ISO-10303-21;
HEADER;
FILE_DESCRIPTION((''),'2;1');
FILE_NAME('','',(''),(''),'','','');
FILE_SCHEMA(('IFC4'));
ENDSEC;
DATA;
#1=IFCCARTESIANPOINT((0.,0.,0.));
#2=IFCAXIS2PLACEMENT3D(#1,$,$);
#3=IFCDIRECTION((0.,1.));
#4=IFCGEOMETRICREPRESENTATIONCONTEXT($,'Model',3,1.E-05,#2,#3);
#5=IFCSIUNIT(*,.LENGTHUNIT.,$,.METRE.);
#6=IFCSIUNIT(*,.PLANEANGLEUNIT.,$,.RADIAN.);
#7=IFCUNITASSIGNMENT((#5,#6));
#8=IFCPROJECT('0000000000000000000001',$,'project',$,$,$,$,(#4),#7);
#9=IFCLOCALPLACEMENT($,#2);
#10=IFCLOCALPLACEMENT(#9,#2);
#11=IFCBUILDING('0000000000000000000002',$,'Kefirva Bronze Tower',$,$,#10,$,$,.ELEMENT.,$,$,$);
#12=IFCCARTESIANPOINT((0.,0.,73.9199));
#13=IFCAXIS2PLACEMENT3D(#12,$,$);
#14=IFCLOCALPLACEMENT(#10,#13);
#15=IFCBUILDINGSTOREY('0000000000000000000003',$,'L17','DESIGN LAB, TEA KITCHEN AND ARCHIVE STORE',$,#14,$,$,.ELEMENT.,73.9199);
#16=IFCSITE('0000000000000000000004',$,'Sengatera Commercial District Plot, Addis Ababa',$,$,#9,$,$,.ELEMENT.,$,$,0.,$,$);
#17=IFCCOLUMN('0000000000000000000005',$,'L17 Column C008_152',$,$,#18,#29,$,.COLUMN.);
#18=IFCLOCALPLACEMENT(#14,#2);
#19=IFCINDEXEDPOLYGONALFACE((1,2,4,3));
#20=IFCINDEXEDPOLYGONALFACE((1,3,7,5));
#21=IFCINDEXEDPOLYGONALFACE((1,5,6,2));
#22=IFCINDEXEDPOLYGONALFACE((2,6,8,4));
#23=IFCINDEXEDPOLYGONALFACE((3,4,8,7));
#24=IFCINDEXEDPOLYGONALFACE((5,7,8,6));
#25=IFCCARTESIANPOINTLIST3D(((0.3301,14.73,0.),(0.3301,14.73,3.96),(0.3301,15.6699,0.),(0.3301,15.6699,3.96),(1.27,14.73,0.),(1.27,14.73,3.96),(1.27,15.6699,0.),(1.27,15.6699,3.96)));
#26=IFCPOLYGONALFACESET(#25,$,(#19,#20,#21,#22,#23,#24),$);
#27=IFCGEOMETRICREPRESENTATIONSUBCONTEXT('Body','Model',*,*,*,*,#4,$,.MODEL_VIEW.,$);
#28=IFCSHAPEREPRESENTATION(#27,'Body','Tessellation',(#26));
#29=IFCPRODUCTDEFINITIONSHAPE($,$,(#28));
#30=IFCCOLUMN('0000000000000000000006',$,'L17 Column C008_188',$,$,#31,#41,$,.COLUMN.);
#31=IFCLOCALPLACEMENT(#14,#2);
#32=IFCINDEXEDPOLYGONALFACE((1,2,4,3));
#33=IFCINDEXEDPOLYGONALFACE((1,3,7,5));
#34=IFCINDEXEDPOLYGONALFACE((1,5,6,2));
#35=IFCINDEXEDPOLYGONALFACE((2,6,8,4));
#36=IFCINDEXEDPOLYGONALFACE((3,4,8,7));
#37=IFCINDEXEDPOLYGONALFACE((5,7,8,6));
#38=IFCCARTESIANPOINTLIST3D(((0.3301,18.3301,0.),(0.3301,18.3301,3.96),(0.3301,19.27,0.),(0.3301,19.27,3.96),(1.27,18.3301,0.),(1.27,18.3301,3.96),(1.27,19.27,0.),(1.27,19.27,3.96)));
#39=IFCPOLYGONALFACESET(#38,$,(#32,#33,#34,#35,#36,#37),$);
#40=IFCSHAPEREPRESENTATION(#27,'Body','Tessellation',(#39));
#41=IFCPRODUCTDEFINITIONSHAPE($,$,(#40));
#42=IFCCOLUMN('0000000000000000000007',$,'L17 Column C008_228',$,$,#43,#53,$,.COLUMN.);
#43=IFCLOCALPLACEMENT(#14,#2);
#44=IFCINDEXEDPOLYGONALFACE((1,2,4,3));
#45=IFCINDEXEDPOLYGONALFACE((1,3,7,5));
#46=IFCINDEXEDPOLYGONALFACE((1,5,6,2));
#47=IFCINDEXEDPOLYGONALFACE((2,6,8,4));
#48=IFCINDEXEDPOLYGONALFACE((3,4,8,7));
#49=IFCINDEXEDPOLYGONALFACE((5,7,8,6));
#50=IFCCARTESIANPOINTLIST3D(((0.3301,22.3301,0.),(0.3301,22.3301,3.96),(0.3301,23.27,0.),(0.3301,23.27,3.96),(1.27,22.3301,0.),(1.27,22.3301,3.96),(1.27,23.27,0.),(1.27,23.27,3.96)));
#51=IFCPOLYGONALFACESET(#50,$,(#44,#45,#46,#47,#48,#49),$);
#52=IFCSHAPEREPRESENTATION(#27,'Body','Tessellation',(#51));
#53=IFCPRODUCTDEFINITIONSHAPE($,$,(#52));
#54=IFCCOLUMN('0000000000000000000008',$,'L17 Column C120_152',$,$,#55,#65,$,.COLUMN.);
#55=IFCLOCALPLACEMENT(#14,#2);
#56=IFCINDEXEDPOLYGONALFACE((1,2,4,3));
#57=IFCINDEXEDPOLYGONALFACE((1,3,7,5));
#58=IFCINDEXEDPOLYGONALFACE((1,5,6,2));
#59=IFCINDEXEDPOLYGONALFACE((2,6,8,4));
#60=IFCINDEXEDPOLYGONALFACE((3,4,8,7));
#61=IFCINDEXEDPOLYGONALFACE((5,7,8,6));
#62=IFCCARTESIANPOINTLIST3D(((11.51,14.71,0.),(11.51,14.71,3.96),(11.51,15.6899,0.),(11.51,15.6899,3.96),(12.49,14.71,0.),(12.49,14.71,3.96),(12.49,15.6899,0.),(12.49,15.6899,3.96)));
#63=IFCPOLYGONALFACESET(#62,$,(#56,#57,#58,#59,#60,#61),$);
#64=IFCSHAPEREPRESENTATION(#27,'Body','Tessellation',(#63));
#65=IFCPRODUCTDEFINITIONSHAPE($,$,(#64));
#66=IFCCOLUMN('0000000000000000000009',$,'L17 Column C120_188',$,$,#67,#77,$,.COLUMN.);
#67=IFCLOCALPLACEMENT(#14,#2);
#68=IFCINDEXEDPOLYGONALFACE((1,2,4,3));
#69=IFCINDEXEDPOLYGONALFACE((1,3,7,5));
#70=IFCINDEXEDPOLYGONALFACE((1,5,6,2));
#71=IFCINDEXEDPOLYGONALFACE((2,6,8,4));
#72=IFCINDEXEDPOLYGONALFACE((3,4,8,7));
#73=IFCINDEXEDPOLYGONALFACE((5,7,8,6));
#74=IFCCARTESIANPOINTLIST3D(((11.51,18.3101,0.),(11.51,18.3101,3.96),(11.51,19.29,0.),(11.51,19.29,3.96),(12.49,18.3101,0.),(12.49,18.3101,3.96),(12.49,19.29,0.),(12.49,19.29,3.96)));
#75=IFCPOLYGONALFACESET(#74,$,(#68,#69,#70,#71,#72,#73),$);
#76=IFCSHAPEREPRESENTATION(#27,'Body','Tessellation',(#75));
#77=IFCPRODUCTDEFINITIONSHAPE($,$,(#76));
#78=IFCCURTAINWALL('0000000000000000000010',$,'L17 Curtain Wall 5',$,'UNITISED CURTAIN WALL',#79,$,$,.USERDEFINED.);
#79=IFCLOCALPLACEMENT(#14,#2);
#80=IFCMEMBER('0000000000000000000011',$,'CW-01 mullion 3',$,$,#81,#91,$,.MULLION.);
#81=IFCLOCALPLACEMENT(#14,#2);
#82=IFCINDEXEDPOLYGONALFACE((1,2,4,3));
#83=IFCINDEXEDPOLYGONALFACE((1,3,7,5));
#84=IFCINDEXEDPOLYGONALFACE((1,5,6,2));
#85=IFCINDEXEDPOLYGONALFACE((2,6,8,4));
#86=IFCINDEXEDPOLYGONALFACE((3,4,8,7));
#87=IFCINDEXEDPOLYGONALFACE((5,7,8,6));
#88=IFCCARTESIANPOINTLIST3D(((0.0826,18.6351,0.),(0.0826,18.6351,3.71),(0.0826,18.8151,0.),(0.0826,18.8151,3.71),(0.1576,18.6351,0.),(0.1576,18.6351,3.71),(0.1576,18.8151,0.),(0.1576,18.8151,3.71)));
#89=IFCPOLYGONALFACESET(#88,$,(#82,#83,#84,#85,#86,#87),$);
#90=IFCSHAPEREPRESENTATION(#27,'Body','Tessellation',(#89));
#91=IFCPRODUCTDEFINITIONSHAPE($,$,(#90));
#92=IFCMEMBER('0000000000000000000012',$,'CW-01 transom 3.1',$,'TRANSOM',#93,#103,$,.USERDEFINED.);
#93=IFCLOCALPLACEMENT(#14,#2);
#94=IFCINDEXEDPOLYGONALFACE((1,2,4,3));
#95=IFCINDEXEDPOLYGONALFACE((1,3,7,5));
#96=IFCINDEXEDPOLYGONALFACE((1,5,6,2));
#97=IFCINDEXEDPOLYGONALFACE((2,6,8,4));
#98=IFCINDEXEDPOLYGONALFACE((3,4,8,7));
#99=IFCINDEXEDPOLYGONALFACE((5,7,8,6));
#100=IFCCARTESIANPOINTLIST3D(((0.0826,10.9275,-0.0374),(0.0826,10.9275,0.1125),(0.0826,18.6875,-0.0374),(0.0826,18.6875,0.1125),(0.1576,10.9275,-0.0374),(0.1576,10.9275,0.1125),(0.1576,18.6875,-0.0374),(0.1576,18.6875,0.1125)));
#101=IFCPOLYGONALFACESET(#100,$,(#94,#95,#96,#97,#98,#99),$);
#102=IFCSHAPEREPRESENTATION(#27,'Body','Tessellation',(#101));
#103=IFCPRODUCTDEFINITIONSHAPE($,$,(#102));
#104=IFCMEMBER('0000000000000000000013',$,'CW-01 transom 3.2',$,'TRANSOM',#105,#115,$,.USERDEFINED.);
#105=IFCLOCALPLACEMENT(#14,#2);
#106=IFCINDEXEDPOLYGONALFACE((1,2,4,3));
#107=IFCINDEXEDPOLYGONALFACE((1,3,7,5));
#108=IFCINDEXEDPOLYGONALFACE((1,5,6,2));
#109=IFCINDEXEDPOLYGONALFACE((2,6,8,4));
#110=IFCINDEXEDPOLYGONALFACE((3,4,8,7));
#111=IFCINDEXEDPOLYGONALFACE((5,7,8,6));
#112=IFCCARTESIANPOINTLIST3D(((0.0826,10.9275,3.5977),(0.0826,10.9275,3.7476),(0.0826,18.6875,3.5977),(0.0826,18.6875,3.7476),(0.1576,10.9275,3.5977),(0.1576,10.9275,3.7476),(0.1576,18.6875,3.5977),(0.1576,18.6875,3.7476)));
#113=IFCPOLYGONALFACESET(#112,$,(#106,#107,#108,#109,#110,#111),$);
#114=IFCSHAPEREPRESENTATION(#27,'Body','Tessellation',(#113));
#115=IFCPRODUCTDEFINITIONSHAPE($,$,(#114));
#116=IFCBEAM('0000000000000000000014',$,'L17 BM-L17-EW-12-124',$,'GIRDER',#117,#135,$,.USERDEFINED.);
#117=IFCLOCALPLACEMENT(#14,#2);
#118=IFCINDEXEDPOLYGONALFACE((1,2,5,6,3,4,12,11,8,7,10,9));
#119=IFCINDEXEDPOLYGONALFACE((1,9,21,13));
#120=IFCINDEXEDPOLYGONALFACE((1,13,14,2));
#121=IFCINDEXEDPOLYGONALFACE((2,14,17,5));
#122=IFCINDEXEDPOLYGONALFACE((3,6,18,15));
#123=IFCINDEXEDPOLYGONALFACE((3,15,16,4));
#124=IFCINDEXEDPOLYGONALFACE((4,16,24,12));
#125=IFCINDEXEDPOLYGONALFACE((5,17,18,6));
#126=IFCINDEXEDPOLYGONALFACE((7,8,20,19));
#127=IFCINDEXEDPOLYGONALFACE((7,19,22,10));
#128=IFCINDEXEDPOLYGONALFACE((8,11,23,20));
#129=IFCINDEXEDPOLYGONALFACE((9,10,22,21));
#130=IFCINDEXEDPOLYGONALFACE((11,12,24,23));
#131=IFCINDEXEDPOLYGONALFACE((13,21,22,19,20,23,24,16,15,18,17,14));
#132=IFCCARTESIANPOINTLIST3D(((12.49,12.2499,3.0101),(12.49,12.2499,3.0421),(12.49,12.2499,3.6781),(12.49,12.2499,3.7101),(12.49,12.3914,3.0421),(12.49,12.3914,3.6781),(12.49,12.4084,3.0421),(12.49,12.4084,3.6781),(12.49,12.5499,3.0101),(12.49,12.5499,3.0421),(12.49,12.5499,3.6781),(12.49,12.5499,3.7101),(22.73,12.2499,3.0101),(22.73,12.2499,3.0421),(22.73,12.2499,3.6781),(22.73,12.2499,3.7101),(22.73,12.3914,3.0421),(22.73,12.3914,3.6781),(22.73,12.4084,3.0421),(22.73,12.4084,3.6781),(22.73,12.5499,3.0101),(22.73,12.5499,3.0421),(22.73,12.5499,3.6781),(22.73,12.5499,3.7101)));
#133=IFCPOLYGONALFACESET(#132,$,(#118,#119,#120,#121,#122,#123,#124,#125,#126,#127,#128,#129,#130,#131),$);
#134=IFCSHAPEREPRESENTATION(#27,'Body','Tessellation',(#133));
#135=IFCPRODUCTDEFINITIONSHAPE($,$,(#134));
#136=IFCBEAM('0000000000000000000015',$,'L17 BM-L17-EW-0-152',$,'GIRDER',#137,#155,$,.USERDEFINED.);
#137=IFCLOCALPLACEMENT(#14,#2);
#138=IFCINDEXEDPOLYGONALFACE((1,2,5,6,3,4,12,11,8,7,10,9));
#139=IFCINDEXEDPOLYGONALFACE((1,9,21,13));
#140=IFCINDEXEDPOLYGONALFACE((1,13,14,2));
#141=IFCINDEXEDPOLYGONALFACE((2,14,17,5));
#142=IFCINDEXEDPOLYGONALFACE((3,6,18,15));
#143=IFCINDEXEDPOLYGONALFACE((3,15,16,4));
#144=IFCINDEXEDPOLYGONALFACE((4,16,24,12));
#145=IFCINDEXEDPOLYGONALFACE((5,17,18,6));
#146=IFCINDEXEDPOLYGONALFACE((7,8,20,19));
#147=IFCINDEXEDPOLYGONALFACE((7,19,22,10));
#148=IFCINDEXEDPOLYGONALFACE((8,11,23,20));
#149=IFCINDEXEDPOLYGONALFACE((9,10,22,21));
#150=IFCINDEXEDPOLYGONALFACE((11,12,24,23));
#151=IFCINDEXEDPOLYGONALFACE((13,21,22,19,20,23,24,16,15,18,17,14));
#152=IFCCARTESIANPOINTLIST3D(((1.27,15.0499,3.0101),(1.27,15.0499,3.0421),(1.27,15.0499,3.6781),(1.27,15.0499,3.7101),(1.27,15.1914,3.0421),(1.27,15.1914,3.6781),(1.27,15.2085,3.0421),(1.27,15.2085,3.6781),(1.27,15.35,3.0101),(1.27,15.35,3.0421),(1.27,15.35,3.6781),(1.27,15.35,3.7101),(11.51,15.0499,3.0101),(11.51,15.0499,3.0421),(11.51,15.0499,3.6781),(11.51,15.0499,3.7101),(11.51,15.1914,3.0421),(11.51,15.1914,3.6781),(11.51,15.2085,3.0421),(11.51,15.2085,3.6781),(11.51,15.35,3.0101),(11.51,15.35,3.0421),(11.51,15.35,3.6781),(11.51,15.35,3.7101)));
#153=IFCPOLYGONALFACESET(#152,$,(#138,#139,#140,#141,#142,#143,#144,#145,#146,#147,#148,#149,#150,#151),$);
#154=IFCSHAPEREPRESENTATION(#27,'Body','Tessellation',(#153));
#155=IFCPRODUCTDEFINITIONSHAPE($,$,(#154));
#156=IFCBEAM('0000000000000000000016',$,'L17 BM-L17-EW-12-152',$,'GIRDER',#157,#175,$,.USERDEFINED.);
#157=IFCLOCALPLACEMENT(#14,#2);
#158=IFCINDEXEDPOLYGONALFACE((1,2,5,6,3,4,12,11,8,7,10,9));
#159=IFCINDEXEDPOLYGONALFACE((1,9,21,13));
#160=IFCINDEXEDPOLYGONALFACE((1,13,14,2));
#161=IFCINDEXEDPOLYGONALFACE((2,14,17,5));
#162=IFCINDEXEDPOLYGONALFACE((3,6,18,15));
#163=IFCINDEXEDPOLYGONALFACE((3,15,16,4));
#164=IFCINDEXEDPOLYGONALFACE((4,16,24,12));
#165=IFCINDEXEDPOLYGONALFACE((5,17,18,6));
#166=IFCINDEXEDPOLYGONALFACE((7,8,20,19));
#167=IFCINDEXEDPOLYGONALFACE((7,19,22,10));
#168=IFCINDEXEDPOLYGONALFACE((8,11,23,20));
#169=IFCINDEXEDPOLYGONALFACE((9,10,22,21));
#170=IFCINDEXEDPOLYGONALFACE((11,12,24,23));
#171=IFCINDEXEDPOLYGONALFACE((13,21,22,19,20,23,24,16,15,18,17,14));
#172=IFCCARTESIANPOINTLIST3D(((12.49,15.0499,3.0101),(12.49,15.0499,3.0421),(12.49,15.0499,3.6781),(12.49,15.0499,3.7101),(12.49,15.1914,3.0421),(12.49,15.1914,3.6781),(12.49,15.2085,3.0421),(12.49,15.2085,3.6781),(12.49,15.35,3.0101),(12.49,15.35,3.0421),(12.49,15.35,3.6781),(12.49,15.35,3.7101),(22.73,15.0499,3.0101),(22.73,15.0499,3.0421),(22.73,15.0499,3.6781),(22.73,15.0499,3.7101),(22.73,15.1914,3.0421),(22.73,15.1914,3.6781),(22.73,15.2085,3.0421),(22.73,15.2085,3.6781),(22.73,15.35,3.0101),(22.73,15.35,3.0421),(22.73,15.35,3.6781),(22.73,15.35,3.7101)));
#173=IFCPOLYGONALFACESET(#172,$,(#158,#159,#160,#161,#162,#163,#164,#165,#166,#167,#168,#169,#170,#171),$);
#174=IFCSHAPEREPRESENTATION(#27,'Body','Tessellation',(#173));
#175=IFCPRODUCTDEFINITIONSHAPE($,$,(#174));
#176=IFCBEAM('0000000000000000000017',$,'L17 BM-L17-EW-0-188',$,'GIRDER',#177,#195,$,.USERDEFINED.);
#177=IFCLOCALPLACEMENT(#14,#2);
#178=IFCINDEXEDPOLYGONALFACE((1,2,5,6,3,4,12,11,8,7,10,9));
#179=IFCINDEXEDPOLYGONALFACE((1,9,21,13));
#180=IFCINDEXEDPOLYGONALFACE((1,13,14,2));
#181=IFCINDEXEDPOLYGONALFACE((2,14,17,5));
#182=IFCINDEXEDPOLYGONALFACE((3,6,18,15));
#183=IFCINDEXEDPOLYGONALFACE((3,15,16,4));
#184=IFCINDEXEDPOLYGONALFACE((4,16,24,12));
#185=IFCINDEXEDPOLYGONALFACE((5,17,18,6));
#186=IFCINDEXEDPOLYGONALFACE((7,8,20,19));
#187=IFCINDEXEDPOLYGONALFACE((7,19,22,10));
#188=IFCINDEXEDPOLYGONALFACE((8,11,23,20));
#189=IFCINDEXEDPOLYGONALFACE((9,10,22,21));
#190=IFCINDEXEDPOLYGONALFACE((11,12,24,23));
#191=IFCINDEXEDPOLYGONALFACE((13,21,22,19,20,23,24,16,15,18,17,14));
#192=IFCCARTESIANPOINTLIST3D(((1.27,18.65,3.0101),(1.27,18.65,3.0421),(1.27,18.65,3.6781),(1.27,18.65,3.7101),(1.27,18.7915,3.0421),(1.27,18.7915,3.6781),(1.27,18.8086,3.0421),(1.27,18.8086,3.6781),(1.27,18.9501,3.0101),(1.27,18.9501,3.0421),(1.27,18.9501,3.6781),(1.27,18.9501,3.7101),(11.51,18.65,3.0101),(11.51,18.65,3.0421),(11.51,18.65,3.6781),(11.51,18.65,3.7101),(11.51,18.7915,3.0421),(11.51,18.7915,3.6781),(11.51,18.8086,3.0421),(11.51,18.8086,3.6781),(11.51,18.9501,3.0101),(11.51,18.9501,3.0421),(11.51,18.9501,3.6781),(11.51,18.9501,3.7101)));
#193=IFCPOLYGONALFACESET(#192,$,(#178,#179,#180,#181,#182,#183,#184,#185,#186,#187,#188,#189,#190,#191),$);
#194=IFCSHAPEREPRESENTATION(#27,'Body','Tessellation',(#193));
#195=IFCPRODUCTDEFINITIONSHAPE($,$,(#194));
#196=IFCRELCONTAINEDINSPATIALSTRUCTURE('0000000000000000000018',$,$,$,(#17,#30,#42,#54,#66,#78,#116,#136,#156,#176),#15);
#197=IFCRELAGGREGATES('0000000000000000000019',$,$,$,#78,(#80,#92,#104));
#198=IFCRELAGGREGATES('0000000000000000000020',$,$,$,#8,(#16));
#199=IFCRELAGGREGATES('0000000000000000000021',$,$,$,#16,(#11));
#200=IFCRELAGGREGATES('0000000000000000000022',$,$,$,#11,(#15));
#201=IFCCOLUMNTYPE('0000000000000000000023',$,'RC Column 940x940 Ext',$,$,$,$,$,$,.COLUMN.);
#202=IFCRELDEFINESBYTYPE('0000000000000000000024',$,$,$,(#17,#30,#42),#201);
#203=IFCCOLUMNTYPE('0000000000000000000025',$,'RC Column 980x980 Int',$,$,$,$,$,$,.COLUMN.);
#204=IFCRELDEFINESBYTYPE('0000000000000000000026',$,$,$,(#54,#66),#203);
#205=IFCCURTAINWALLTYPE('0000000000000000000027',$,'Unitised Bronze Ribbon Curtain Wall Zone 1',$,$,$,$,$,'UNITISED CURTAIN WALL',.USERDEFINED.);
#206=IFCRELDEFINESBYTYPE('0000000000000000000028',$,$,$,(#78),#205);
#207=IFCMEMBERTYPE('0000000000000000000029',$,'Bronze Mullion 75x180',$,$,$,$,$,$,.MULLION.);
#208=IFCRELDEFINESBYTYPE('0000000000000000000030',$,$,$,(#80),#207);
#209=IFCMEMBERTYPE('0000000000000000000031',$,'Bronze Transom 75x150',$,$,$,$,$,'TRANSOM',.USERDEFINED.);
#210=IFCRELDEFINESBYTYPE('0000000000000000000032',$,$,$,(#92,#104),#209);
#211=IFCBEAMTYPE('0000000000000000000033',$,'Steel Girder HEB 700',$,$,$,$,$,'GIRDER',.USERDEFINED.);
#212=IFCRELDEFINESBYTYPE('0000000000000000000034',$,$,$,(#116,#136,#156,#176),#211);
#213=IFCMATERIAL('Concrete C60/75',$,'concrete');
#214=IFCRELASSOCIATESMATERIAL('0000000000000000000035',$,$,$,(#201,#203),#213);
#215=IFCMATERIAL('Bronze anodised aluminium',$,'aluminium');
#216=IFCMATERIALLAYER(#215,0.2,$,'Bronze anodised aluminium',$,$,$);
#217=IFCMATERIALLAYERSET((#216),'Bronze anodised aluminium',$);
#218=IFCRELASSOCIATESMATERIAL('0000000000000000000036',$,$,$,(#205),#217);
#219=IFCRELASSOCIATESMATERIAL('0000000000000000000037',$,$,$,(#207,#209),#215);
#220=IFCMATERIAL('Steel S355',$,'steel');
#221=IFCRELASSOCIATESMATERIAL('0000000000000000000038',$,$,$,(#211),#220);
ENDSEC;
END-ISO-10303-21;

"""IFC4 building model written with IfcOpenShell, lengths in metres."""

from ifc_helpers import new_model, si_unit, direction, frame, origin, origin_2d, place, context, subcontext, project, spatial, rectangle, i_section, extrude, material, layer, layer_set, material_profile, profile_set, type_object, element, aggregate, save


model = new_model("IFC4")

# Units and contexts
model_context = context("Model", 3, precision=1e-05, world=origin(), true_north=direction((0.0, 1.0)))
body_context = subcontext(model_context, "Body", "Model", "MODEL_VIEW")
ifc_project = project(units=[si_unit("LENGTHUNIT", "METRE"), si_unit("PLANEANGLEUNIT", "RADIAN")], contexts=[model_context])

# Site, building, storey
site_placement = place(None, origin())
site = spatial("IfcSite", under=ifc_project, at=site_placement, Name="Sengatera Commercial District Plot, Addis Ababa", CompositionType="ELEMENT", RefElevation=0.0)
building_placement = place(site_placement, origin())
building = spatial("IfcBuilding", under=site, at=building_placement, Name="Kefirva Bronze Tower", CompositionType="ELEMENT")
storey_placement = place(building_placement, frame((0.0, 0.0, 73.9199)))
storey = spatial("IfcBuildingStorey", under=building, at=storey_placement, Name="L17", Description="DESIGN LAB, TEA KITCHEN AND ARCHIVE STORE", CompositionType="ELEMENT", Elevation=73.9199)

# Columns
ifc_material_1 = material(Name="Concrete C60/75", Category="concrete")
ifc_material_profile_1 = material_profile(ifc_material_1, rectangle(XDim=0.9399, YDim=0.9399, at=origin_2d()), Name="RC 940x940")
ifc_profile_set_1 = profile_set([ifc_material_profile_1], Name="Concrete C60/75")
column_type_1 = type_object("IfcColumnType", Name="RC Column 940x940 Ext", PredefinedType="COLUMN", material=ifc_profile_set_1)
for number, where, z_axis, x_axis, name in (
    (1, (0.8, 15.2, 0.0), (0.0, 0.0, 1.0), (1.0, 0.0, 0.0), "L17 Column C008_152"),
    (2, (0.8, 18.8, 0.0), (0.0, 0.0, 1.0), (1.0, 0.0, 0.0), "L17 Column C008_188"),
    (3, (0.8, 22.8, 0.0), (0.0, 0.0, 1.0), (1.0, 0.0, 0.0), "L17 Column C008_228"),
):
    element("IfcColumn", number, at=place(storey_placement, frame(where, z_axis=z_axis, x_axis=x_axis)), inside=storey, type_object=column_type_1, Name=name, PredefinedType="COLUMN", context=body_context, shape_type="SweptSolid", body=[
        extrude(rectangle(XDim=0.9399, YDim=0.9399, at=origin_2d()), origin(), (0.0, 0.0, 1.0), 3.96),
    ])
ifc_material_profile_2 = material_profile(ifc_material_1, rectangle(XDim=0.98, YDim=0.98, at=origin_2d()), Name="RC 980x980")
ifc_profile_set_2 = profile_set([ifc_material_profile_2], Name="Concrete C60/75")
column_type_2 = type_object("IfcColumnType", Name="RC Column 980x980 Int", PredefinedType="COLUMN", material=ifc_profile_set_2)
for number, where, z_axis, x_axis, name in (
    (4, (12.0, 15.2, 0.0), (0.0, 0.0, 1.0), (1.0, 0.0, 0.0), "L17 Column C120_152"),
    (5, (12.0, 18.8, 0.0), (0.0, 0.0, 1.0), (1.0, 0.0, 0.0), "L17 Column C120_188"),
):
    element("IfcColumn", number, at=place(storey_placement, frame(where, z_axis=z_axis, x_axis=x_axis)), inside=storey, type_object=column_type_2, Name=name, PredefinedType="COLUMN", context=body_context, shape_type="SweptSolid", body=[
        extrude(rectangle(XDim=0.98, YDim=0.98, at=origin_2d()), origin(), (0.0, 0.0, 1.0), 3.96),
    ])

# Curtain wall, members
ifc_material_2 = material(Name="Bronze anodised aluminium", Category="aluminium")
ifc_layer_1 = layer(ifc_material_2, 0.2, Name="Bronze anodised aluminium")
ifc_layer_set_1 = layer_set([ifc_layer_1], Name="Bronze anodised aluminium")
curtain_wall_type = type_object("IfcCurtainWallType", Name="Unitised Bronze Ribbon Curtain Wall Zone 1", ElementType="UNITISED CURTAIN WALL", PredefinedType="USERDEFINED", material=ifc_layer_set_1)
curtain_wall_placement = place(storey_placement, origin())
curtain_wall = element("IfcCurtainWall", 6, at=curtain_wall_placement, inside=storey, type_object=curtain_wall_type, Name="L17 Curtain Wall 5", ObjectType="UNITISED CURTAIN WALL", PredefinedType="USERDEFINED")
ifc_material_profile_3 = material_profile(ifc_material_2, rectangle(XDim=0.075, YDim=0.1799, at=origin_2d()), Name="ALU 75x180")
ifc_profile_set_3 = profile_set([ifc_material_profile_3], Name="Bronze anodised aluminium")
member_type_1 = type_object("IfcMemberType", Name="Bronze Mullion 75x180", PredefinedType="MULLION", material=ifc_profile_set_3)
member_1_placement = place(storey_placement, frame((0.1201, 18.7251, 0.0), z_axis=(0.0, 0.0, 1.0), x_axis=(1.0, 0.0, 0.0)))
member_1 = element("IfcMember", 7, at=member_1_placement, type_object=member_type_1, Name="CW-01 mullion 3", PredefinedType="MULLION", context=body_context, shape_type="SweptSolid", body=[
    extrude(rectangle(XDim=0.075, YDim=0.1799, at=origin_2d()), origin(), (0.0, 0.0, 1.0), 3.71),
])
ifc_material_profile_4 = material_profile(ifc_material_2, rectangle(XDim=0.075, YDim=0.1499, at=origin_2d()), Name="ALU 75x150")
ifc_profile_set_4 = profile_set([ifc_material_profile_4], Name="Bronze anodised aluminium")
member_type_2 = type_object("IfcMemberType", Name="Bronze Transom 75x150", ElementType="TRANSOM", PredefinedType="USERDEFINED", material=ifc_profile_set_4)
member_2_placement = place(storey_placement, frame((0.1201, 18.6875, 0.0376), z_axis=(0.0, -1.0, 0.0), x_axis=(1.0, 0.0, 0.0)))
member_2 = element("IfcMember", 8, at=member_2_placement, type_object=member_type_2, Name="CW-01 transom 3.1", ObjectType="TRANSOM", PredefinedType="USERDEFINED", context=body_context, shape_type="SweptSolid", body=[
    extrude(rectangle(XDim=0.075, YDim=0.1499, at=origin_2d()), origin(), (0.0, 0.0, 1.0), 7.76),
])
member_3_placement = place(storey_placement, frame((0.1201, 18.6875, 3.6726), z_axis=(0.0, -1.0, 0.0), x_axis=(1.0, 0.0, 0.0)))
member_3 = element("IfcMember", 9, at=member_3_placement, type_object=member_type_2, Name="CW-01 transom 3.2", ObjectType="TRANSOM", PredefinedType="USERDEFINED", context=body_context, shape_type="SweptSolid", body=[
    extrude(rectangle(XDim=0.075, YDim=0.1499, at=origin_2d()), origin(), (0.0, 0.0, 1.0), 7.76),
])

# Beams
ifc_material_3 = material(Name="Steel S355", Category="steel")
ifc_material_profile_5 = material_profile(ifc_material_3, i_section(OverallWidth=0.3, OverallDepth=0.7, WebThickness=0.0171, FlangeThickness=0.032, at=origin_2d()), Name="HEB 700")
ifc_profile_set_5 = profile_set([ifc_material_profile_5], Name="Steel S355")
beam_type_1 = type_object("IfcBeamType", Name="Steel Girder HEB 700", ElementType="GIRDER", PredefinedType="USERDEFINED", material=ifc_profile_set_5)
for number, where, z_axis, x_axis, name in (
    (10, (12.49, 12.3999, 3.3601), (1.0, 0.0, 0.0), (0.0, 1.0, 0.0), "L17 BM-L17-EW-12-124"),
    (11, (1.27, 15.2, 3.3601), (1.0, 0.0, 0.0), (0.0, 1.0, 0.0), "L17 BM-L17-EW-0-152"),
    (12, (12.49, 15.2, 3.3601), (1.0, 0.0, 0.0), (0.0, 1.0, 0.0), "L17 BM-L17-EW-12-152"),
    (13, (1.27, 18.8, 3.3601), (1.0, 0.0, 0.0), (0.0, 1.0, 0.0), "L17 BM-L17-EW-0-188"),
):
    element("IfcBeam", number, at=place(storey_placement, frame(where, z_axis=z_axis, x_axis=x_axis)), inside=storey, type_object=beam_type_1, Name=name, ObjectType="GIRDER", PredefinedType="USERDEFINED", context=body_context, shape_type="SweptSolid", body=[
        extrude(i_section(OverallWidth=0.3, OverallDepth=0.7, WebThickness=0.0171, FlangeThickness=0.032, at=origin_2d()), origin(), (0.0, 0.0, 1.0), 10.24),
    ])

aggregate(curtain_wall, [member_1, member_2, member_3])

save(model, "model.ifc")
